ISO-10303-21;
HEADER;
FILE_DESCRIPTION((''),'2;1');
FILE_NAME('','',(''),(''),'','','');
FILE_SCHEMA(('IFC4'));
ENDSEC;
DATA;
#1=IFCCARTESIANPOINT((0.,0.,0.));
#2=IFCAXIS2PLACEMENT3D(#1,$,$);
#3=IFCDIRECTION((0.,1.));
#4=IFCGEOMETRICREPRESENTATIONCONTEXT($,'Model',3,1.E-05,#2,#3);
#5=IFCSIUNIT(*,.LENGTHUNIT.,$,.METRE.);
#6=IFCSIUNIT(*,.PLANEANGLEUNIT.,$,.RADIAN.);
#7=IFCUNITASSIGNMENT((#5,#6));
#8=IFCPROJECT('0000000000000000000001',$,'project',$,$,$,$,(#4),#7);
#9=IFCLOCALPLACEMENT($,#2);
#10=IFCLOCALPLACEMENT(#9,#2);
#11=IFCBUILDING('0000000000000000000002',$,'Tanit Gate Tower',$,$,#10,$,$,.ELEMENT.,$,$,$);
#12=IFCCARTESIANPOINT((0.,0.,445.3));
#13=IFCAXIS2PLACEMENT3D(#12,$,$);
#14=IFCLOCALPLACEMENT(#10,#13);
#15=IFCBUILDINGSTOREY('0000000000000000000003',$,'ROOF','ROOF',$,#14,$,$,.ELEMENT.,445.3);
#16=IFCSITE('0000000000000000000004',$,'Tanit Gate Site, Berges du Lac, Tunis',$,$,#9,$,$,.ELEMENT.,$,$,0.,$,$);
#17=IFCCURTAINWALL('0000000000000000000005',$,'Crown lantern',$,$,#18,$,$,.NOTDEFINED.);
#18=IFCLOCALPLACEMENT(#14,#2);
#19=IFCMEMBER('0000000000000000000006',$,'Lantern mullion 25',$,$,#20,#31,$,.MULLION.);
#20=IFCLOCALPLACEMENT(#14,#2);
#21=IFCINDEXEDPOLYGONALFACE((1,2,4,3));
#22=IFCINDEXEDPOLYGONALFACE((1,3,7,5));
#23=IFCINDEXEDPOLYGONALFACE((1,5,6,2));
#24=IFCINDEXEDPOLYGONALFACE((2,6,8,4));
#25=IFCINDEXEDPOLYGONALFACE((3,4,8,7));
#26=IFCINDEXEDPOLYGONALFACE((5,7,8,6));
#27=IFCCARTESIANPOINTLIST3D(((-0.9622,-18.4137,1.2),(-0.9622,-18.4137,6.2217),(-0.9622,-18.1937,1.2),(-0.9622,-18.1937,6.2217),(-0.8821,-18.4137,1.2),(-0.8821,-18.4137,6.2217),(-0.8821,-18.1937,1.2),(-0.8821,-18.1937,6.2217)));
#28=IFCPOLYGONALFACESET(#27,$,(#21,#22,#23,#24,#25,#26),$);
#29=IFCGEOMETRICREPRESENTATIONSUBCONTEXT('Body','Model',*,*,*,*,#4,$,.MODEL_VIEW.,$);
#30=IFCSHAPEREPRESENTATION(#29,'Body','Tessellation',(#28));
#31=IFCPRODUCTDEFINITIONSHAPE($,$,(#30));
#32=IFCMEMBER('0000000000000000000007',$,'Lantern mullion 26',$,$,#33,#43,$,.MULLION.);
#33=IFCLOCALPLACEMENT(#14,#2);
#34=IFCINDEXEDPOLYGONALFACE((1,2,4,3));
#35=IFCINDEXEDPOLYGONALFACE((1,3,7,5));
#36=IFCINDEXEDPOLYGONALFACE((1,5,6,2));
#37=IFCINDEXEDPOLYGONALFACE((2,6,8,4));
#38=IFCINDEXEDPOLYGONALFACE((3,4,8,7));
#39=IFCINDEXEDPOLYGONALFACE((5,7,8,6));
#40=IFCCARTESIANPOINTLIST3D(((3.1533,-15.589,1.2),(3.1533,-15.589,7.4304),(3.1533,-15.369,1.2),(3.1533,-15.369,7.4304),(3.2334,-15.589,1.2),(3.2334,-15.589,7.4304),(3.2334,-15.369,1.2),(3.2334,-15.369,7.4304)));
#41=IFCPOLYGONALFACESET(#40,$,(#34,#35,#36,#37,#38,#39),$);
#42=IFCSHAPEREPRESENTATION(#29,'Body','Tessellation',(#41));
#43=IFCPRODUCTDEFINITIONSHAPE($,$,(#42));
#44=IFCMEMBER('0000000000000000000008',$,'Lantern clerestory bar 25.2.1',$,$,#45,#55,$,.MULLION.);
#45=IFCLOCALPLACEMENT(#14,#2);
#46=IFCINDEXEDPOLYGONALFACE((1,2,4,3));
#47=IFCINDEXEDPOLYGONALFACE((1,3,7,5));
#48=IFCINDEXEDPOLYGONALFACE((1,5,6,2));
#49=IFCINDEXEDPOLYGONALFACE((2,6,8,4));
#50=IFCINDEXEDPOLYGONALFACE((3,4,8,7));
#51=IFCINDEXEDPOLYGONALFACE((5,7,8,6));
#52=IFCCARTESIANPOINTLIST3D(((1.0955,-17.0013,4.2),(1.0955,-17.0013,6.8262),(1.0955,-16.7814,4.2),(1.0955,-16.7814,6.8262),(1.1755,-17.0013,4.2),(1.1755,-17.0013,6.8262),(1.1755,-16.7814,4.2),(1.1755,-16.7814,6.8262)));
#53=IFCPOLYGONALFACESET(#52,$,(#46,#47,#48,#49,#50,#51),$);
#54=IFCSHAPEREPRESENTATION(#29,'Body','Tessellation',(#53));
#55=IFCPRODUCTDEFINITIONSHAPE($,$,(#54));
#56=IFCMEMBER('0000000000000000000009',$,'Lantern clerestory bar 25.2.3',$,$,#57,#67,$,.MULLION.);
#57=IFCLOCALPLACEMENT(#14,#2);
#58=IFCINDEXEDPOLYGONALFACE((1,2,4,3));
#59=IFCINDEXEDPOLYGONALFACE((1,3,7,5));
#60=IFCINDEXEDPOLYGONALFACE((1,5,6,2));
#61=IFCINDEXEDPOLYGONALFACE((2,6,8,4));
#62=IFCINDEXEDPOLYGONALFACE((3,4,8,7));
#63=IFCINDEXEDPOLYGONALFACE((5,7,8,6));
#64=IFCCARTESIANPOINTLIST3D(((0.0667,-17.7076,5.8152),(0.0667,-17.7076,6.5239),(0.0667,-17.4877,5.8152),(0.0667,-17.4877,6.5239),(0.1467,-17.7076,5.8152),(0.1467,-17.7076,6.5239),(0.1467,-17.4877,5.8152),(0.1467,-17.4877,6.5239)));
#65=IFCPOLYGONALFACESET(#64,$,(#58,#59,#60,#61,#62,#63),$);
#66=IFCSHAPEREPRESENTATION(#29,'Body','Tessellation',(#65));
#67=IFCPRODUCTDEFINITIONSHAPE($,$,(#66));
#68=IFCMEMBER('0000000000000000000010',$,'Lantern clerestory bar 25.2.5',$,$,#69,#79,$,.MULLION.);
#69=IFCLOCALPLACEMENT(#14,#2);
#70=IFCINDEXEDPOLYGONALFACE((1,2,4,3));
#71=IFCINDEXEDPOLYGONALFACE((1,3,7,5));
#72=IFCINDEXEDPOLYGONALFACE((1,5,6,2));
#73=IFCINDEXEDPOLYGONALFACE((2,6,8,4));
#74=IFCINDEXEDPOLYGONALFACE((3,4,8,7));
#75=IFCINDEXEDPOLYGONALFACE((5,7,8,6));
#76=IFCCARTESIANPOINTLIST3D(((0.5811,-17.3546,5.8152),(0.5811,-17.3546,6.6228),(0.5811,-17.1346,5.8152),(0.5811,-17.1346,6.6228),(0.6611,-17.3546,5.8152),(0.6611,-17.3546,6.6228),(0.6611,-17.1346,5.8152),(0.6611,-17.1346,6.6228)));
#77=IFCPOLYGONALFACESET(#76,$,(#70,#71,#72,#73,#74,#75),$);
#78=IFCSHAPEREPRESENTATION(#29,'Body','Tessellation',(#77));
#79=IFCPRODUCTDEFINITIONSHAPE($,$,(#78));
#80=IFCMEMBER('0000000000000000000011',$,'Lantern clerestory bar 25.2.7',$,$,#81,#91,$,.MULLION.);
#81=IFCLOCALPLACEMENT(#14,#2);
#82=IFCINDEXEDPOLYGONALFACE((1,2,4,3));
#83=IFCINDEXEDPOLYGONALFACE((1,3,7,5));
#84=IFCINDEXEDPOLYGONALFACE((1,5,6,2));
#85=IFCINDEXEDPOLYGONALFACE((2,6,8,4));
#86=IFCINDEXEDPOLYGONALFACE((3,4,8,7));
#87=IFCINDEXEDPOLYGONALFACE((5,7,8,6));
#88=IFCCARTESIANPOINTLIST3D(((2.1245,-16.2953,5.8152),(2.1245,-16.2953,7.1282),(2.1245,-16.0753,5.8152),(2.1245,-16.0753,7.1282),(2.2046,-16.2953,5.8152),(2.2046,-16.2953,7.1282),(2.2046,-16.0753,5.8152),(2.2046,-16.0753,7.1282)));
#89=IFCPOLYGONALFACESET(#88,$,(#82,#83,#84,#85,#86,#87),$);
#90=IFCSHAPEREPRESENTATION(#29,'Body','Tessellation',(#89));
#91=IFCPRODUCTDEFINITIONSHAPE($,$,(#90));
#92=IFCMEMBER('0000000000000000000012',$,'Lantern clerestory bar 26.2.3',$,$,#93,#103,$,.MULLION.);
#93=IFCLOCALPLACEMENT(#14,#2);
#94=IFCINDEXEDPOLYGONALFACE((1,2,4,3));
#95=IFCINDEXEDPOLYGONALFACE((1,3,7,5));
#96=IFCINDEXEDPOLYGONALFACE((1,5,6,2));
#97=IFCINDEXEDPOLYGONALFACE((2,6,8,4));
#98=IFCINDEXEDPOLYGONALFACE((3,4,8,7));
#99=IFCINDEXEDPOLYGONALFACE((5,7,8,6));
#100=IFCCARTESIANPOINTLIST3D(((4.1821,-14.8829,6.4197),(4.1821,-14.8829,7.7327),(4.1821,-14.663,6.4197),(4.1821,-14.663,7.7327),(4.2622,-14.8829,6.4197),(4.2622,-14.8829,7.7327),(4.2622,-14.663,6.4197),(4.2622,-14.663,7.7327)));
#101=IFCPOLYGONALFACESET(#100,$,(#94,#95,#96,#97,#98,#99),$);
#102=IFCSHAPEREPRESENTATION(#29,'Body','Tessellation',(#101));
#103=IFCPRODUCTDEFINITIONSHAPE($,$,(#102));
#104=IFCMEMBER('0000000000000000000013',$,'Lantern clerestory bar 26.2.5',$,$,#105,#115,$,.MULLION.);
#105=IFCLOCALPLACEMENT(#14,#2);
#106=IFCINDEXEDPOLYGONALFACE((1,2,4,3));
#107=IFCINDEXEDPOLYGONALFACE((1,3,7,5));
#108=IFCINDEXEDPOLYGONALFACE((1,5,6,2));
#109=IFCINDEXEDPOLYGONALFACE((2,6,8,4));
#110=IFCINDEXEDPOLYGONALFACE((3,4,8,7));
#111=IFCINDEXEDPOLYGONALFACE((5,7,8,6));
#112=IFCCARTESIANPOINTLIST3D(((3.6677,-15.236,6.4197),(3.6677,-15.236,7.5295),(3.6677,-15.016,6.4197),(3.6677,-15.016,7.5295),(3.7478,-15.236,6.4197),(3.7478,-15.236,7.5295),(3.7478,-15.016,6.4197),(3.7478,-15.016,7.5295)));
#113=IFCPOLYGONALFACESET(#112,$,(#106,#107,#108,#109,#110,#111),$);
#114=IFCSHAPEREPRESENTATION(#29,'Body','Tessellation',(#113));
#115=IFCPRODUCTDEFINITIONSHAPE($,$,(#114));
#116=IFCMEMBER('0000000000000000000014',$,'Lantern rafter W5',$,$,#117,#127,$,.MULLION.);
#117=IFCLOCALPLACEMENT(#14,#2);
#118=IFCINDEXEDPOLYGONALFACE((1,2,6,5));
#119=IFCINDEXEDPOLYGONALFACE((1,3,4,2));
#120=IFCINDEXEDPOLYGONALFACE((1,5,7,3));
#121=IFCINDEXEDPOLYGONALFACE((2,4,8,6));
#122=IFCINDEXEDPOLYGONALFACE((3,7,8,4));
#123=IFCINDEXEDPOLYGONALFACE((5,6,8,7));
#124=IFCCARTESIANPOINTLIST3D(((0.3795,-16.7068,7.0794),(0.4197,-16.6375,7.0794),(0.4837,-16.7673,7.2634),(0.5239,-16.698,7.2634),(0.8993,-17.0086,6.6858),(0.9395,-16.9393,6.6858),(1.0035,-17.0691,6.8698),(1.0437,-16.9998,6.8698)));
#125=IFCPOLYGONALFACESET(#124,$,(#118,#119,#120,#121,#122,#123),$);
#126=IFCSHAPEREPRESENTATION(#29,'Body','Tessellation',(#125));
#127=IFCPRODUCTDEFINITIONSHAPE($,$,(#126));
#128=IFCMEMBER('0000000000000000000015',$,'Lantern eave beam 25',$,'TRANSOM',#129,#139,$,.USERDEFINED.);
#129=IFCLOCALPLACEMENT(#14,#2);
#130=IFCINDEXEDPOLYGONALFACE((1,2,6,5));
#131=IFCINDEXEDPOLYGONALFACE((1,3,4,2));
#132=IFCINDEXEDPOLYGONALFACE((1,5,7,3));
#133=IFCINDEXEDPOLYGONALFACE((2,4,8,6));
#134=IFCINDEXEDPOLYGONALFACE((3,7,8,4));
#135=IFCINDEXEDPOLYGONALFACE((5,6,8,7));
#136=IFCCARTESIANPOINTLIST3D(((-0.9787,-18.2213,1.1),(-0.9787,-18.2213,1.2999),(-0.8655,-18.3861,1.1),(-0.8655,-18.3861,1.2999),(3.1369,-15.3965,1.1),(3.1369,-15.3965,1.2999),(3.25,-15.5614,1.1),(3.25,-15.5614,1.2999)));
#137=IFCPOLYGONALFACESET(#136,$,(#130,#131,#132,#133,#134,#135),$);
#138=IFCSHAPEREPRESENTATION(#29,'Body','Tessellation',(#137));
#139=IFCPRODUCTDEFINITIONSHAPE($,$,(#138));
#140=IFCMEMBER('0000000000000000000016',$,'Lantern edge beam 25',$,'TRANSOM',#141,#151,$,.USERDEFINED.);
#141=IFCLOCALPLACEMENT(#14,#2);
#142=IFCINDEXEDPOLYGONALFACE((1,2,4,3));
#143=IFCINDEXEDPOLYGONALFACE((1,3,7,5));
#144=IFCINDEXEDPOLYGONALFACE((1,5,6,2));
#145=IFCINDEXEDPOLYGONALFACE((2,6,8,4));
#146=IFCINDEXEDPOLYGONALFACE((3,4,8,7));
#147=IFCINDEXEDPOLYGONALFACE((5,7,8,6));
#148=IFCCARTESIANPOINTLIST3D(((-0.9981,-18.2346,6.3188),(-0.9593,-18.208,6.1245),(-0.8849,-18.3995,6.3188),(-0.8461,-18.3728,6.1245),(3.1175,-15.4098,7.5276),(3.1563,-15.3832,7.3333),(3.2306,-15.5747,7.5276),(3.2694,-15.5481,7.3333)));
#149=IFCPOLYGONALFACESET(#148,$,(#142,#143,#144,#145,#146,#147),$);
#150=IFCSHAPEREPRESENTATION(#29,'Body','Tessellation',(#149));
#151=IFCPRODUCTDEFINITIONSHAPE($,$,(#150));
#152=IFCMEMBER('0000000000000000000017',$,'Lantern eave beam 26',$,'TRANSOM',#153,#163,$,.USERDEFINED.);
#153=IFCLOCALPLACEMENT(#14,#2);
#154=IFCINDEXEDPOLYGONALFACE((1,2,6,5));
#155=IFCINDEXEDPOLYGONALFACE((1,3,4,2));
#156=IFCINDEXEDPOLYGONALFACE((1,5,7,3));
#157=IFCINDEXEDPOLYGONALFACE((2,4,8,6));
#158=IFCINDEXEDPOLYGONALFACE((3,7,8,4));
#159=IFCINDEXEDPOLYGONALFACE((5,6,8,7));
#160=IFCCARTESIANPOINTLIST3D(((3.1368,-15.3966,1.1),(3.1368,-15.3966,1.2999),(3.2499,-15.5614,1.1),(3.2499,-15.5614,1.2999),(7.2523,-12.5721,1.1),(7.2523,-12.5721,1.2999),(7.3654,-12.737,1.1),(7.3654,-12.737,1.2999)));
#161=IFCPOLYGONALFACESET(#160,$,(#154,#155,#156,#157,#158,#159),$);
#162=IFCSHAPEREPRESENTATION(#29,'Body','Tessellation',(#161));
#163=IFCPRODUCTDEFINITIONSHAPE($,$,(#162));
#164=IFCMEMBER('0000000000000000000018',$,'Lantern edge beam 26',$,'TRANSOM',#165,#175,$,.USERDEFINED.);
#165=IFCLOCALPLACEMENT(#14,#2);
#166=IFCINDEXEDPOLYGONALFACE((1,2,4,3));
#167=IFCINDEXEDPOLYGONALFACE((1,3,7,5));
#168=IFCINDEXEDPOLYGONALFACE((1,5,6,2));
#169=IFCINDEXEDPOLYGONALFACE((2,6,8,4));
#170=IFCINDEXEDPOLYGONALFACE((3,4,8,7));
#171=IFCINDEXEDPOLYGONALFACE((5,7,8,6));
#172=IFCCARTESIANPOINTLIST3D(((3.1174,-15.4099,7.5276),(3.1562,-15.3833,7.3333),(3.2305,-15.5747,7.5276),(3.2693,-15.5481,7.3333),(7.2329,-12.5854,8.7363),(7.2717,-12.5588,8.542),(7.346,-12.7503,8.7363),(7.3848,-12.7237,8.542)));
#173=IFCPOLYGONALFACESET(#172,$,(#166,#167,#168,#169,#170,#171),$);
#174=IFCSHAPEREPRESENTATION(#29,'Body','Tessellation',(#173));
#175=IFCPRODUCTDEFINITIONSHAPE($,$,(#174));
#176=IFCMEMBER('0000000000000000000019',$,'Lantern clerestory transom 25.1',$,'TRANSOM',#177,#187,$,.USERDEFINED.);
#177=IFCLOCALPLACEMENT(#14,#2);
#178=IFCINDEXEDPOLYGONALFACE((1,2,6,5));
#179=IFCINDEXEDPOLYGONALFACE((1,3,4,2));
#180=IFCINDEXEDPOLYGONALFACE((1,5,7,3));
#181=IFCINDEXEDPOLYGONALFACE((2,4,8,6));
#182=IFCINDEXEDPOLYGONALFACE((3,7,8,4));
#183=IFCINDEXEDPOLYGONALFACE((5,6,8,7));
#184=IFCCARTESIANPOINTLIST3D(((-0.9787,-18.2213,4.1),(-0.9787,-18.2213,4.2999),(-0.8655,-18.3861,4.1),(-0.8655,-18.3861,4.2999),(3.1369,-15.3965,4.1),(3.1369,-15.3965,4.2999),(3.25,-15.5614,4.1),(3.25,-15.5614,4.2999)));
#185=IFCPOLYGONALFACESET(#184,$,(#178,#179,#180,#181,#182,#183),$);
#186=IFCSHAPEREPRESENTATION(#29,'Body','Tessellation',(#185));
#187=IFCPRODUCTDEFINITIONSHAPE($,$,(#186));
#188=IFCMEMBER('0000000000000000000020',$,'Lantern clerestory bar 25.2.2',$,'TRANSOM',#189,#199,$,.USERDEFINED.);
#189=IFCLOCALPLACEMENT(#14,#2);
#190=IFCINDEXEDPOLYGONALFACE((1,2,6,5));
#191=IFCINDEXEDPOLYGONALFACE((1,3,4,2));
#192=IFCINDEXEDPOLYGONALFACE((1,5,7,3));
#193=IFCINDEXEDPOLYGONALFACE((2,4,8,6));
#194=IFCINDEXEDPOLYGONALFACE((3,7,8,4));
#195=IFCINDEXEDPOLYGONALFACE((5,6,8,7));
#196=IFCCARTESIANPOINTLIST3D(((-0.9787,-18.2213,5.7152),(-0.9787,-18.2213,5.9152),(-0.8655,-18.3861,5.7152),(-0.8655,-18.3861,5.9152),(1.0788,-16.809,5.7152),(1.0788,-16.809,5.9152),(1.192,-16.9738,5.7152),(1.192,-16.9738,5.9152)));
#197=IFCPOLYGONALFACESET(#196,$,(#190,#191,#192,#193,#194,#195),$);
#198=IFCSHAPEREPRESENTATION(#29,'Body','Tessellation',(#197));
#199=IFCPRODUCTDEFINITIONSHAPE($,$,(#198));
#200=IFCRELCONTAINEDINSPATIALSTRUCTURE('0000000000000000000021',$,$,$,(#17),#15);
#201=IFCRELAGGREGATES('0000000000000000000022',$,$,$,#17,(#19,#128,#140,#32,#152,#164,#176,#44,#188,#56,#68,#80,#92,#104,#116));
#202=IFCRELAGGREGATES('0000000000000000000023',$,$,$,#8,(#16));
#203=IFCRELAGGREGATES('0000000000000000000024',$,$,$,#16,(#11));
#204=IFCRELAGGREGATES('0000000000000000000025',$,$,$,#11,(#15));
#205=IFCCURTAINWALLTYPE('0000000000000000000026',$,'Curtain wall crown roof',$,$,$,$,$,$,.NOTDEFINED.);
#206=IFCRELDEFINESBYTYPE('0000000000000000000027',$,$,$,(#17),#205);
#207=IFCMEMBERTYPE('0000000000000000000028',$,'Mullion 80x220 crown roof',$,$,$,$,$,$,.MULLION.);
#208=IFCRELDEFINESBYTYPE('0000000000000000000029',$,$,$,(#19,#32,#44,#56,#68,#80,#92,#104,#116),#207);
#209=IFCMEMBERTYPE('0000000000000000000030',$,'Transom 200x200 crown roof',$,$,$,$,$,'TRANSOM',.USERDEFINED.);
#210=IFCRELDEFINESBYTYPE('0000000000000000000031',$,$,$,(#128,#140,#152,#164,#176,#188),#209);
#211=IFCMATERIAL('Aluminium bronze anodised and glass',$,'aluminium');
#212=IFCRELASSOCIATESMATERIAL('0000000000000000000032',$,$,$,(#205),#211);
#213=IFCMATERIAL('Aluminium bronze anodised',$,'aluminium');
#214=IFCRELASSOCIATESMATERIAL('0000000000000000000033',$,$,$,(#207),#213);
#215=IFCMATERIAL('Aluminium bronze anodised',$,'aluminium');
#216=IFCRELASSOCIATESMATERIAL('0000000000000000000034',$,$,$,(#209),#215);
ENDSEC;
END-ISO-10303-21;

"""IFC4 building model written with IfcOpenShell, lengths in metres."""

from ifc_helpers import new_model, si_unit, direction, frame, origin, origin_2d, place, context, subcontext, project, spatial, rectangle, extrude, material, material_profile, profile_set, type_object, element, aggregate, save


model = new_model("IFC4")

# Units and contexts
model_context = context("Model", 3, precision=1e-05, world=origin(), true_north=direction((0.0, 1.0)))
body_context = subcontext(model_context, "Body", "Model", "MODEL_VIEW")
ifc_project = project(units=[si_unit("LENGTHUNIT", "METRE"), si_unit("PLANEANGLEUNIT", "RADIAN")], contexts=[model_context])

# Site, building, storey
site_placement = place(None, origin())
site = spatial("IfcSite", under=ifc_project, at=site_placement, Name="Tanit Gate Site, Berges du Lac, Tunis", CompositionType="ELEMENT", RefElevation=0.0)
building_placement = place(site_placement, origin())
building = spatial("IfcBuilding", under=site, at=building_placement, Name="Tanit Gate Tower", CompositionType="ELEMENT")
storey_placement = place(building_placement, frame((0.0, 0.0, 445.3)))
storey = spatial("IfcBuildingStorey", under=building, at=storey_placement, Name="ROOF", Description="ROOF", CompositionType="ELEMENT", Elevation=445.3)

# Curtain wall, members
ifc_material_1 = material(Name="Aluminium bronze anodised and glass", Category="aluminium")
curtain_wall_type = type_object("IfcCurtainWallType", Name="Curtain wall crown roof", PredefinedType="NOTDEFINED", material=ifc_material_1)
curtain_wall_placement = place(storey_placement, origin())
curtain_wall = element("IfcCurtainWall", 1, at=curtain_wall_placement, inside=storey, type_object=curtain_wall_type, Name="Crown lantern", PredefinedType="NOTDEFINED")
ifc_material_2 = material(Name="Aluminium bronze anodised", Category="aluminium")
ifc_material_profile_1 = material_profile(ifc_material_2, rectangle(XDim=0.0801, YDim=0.22, at=origin_2d()), Name="80x220 bronze rafter")
ifc_profile_set_1 = profile_set([ifc_material_profile_1], Name="Aluminium bronze anodised")
member_type_1 = type_object("IfcMemberType", Name="Mullion 80x220 crown roof", PredefinedType="MULLION", material=ifc_profile_set_1)
member_1_placement = place(storey_placement, frame((-0.9221, -18.3037, 1.2), z_axis=(0.0, 0.0, 1.0), x_axis=(1.0, 0.0, 0.0)))
member_1 = element("IfcMember", 2, at=member_1_placement, type_object=member_type_1, Name="Lantern mullion 25", PredefinedType="MULLION", context=body_context, shape_type="SweptSolid", body=[
    extrude(rectangle(XDim=0.0801, YDim=0.22, at=origin_2d()), origin(), (0.0, 0.0, 1.0), 5.0217),
])
member_2_placement = place(storey_placement, frame((3.1934, -15.479, 1.2), z_axis=(0.0, 0.0, 1.0), x_axis=(1.0, 0.0, 0.0)))
member_2 = element("IfcMember", 3, at=member_2_placement, type_object=member_type_1, Name="Lantern mullion 26", PredefinedType="MULLION", context=body_context, shape_type="SweptSolid", body=[
    extrude(rectangle(XDim=0.0801, YDim=0.22, at=origin_2d()), origin(), (0.0, 0.0, 1.0), 6.2305),
])
member_3_placement = place(storey_placement, frame((1.1355, -16.8914, 4.2), z_axis=(0.0, 0.0, 1.0), x_axis=(1.0, 0.0, 0.0)))
member_3 = element("IfcMember", 4, at=member_3_placement, type_object=member_type_1, Name="Lantern clerestory bar 25.2.1", PredefinedType="MULLION", context=body_context, shape_type="SweptSolid", body=[
    extrude(rectangle(XDim=0.0801, YDim=0.22, at=origin_2d()), origin(), (0.0, 0.0, 1.0), 2.6262),
])
member_4_placement = place(storey_placement, frame((0.1067, -17.5977, 5.8152), z_axis=(0.0, 0.0, 1.0), x_axis=(1.0, 0.0, 0.0)))
member_4 = element("IfcMember", 5, at=member_4_placement, type_object=member_type_1, Name="Lantern clerestory bar 25.2.3", PredefinedType="MULLION", context=body_context, shape_type="SweptSolid", body=[
    extrude(rectangle(XDim=0.0801, YDim=0.22, at=origin_2d()), origin(), (0.0, 0.0, 1.0), 0.7087),
])
member_5_placement = place(storey_placement, frame((0.6211, -17.2446, 5.8152), z_axis=(0.0, 0.0, 1.0), x_axis=(1.0, 0.0, 0.0)))
member_5 = element("IfcMember", 6, at=member_5_placement, type_object=member_type_1, Name="Lantern clerestory bar 25.2.5", PredefinedType="MULLION", context=body_context, shape_type="SweptSolid", body=[
    extrude(rectangle(XDim=0.0801, YDim=0.22, at=origin_2d()), origin(), (0.0, 0.0, 1.0), 0.8076),
])
member_6_placement = place(storey_placement, frame((2.1646, -16.1853, 5.8152), z_axis=(0.0, 0.0, 1.0), x_axis=(1.0, 0.0, 0.0)))
member_6 = element("IfcMember", 7, at=member_6_placement, type_object=member_type_1, Name="Lantern clerestory bar 25.2.7", PredefinedType="MULLION", context=body_context, shape_type="SweptSolid", body=[
    extrude(rectangle(XDim=0.0801, YDim=0.22, at=origin_2d()), origin(), (0.0, 0.0, 1.0), 1.313),
])
member_7_placement = place(storey_placement, frame((4.2222, -14.7729, 6.4197), z_axis=(0.0, 0.0, 1.0), x_axis=(1.0, 0.0, 0.0)))
member_7 = element("IfcMember", 8, at=member_7_placement, type_object=member_type_1, Name="Lantern clerestory bar 26.2.3", PredefinedType="MULLION", context=body_context, shape_type="SweptSolid", body=[
    extrude(rectangle(XDim=0.0801, YDim=0.22, at=origin_2d()), origin(), (0.0, 0.0, 1.0), 1.313),
])
member_8_placement = place(storey_placement, frame((3.7078, -15.126, 6.4197), z_axis=(0.0, 0.0, 1.0), x_axis=(1.0, 0.0, 0.0)))
member_8 = element("IfcMember", 9, at=member_8_placement, type_object=member_type_1, Name="Lantern clerestory bar 26.2.5", PredefinedType="MULLION", context=body_context, shape_type="SweptSolid", body=[
    extrude(rectangle(XDim=0.0801, YDim=0.22, at=origin_2d()), origin(), (0.0, 0.0, 1.0), 1.1099),
])
member_9_placement = place(storey_placement, frame((0.4517, -16.7024, 7.1714), z_axis=(0.72351, -0.420037, -0.547815), x_axis=(0.502077, 0.864823, 0.0)))
member_9 = element("IfcMember", 10, at=member_9_placement, type_object=member_type_1, Name="Lantern rafter W5", PredefinedType="MULLION", context=body_context, shape_type="SweptSolid", body=[
    extrude(rectangle(XDim=0.0801, YDim=0.22, at=origin_2d()), origin(), (0.0, 0.0, 1.0), 0.7185),
])
ifc_material_3 = material(Name="Aluminium bronze anodised", Category="aluminium")
ifc_material_profile_2 = material_profile(ifc_material_3, rectangle(XDim=0.2, YDim=0.2, at=origin_2d()), Name="200x200 bronze transom")
ifc_profile_set_2 = profile_set([ifc_material_profile_2], Name="Aluminium bronze anodised")
member_type_2 = type_object("IfcMemberType", Name="Transom 200x200 crown roof", ElementType="TRANSOM", PredefinedType="USERDEFINED", material=ifc_profile_set_2)
member_10_placement = place(storey_placement, frame((-0.9221, -18.3037, 1.2), z_axis=(0.82448, 0.565891, 0.0), x_axis=(-0.565891, 0.82448, 0.0)))
member_10 = element("IfcMember", 11, at=member_10_placement, type_object=member_type_2, Name="Lantern eave beam 25", ObjectType="TRANSOM", PredefinedType="USERDEFINED", context=body_context, shape_type="SweptSolid", body=[
    extrude(rectangle(XDim=0.2, YDim=0.2, at=origin_2d()), origin(), (0.0, 0.0, 1.0), 4.9917),
])
member_11_placement = place(storey_placement, frame((-0.9221, -18.3037, 6.2217), z_axis=(0.80132, 0.549996, 0.235352), x_axis=(-0.565891, 0.82448, 0.0)))
member_11 = element("IfcMember", 12, at=member_11_placement, type_object=member_type_2, Name="Lantern edge beam 25", ObjectType="TRANSOM", PredefinedType="USERDEFINED", context=body_context, shape_type="SweptSolid", body=[
    extrude(rectangle(XDim=0.2, YDim=0.2, at=origin_2d()), origin(), (0.0, 0.0, 1.0), 5.136),
])
member_12_placement = place(storey_placement, frame((3.1934, -15.479, 1.2), z_axis=(0.824503, 0.565858, 0.0), x_axis=(-0.565858, 0.824503, 0.0)))
member_12 = element("IfcMember", 13, at=member_12_placement, type_object=member_type_2, Name="Lantern eave beam 26", ObjectType="TRANSOM", PredefinedType="USERDEFINED", context=body_context, shape_type="SweptSolid", body=[
    extrude(rectangle(XDim=0.2, YDim=0.2, at=origin_2d()), origin(), (0.0, 0.0, 1.0), 4.9915),
])
member_13_placement = place(storey_placement, frame((3.1934, -15.479, 7.4304), z_axis=(0.801341, 0.549962, 0.235359), x_axis=(-0.565858, 0.824503, 0.0)))
member_13 = element("IfcMember", 14, at=member_13_placement, type_object=member_type_2, Name="Lantern edge beam 26", ObjectType="TRANSOM", PredefinedType="USERDEFINED", context=body_context, shape_type="SweptSolid", body=[
    extrude(rectangle(XDim=0.2, YDim=0.2, at=origin_2d()), origin(), (0.0, 0.0, 1.0), 5.1357),
])
member_14_placement = place(storey_placement, frame((-0.9221, -18.3037, 4.2), z_axis=(0.82448, 0.565891, 0.0), x_axis=(-0.565891, 0.82448, 0.0)))
member_14 = element("IfcMember", 15, at=member_14_placement, type_object=member_type_2, Name="Lantern clerestory transom 25.1", ObjectType="TRANSOM", PredefinedType="USERDEFINED", context=body_context, shape_type="SweptSolid", body=[
    extrude(rectangle(XDim=0.2, YDim=0.2, at=origin_2d()), origin(), (0.0, 0.0, 1.0), 4.9917),
])
member_15_placement = place(storey_placement, frame((-0.9221, -18.3037, 5.8152), z_axis=(0.824464, 0.565914, 0.0), x_axis=(-0.565914, 0.824464, 0.0)))
member_15 = element("IfcMember", 16, at=member_15_placement, type_object=member_type_2, Name="Lantern clerestory bar 25.2.2", ObjectType="TRANSOM", PredefinedType="USERDEFINED", context=body_context, shape_type="SweptSolid", body=[
    extrude(rectangle(XDim=0.2, YDim=0.2, at=origin_2d()), origin(), (0.0, 0.0, 1.0), 2.4956),
])
aggregate(curtain_wall, [member_1, member_10, member_11, member_2, member_12, member_13, member_14, member_3, member_15, member_4, member_5, member_6, member_7, member_8, member_9])

save(model, "model.ifc")
